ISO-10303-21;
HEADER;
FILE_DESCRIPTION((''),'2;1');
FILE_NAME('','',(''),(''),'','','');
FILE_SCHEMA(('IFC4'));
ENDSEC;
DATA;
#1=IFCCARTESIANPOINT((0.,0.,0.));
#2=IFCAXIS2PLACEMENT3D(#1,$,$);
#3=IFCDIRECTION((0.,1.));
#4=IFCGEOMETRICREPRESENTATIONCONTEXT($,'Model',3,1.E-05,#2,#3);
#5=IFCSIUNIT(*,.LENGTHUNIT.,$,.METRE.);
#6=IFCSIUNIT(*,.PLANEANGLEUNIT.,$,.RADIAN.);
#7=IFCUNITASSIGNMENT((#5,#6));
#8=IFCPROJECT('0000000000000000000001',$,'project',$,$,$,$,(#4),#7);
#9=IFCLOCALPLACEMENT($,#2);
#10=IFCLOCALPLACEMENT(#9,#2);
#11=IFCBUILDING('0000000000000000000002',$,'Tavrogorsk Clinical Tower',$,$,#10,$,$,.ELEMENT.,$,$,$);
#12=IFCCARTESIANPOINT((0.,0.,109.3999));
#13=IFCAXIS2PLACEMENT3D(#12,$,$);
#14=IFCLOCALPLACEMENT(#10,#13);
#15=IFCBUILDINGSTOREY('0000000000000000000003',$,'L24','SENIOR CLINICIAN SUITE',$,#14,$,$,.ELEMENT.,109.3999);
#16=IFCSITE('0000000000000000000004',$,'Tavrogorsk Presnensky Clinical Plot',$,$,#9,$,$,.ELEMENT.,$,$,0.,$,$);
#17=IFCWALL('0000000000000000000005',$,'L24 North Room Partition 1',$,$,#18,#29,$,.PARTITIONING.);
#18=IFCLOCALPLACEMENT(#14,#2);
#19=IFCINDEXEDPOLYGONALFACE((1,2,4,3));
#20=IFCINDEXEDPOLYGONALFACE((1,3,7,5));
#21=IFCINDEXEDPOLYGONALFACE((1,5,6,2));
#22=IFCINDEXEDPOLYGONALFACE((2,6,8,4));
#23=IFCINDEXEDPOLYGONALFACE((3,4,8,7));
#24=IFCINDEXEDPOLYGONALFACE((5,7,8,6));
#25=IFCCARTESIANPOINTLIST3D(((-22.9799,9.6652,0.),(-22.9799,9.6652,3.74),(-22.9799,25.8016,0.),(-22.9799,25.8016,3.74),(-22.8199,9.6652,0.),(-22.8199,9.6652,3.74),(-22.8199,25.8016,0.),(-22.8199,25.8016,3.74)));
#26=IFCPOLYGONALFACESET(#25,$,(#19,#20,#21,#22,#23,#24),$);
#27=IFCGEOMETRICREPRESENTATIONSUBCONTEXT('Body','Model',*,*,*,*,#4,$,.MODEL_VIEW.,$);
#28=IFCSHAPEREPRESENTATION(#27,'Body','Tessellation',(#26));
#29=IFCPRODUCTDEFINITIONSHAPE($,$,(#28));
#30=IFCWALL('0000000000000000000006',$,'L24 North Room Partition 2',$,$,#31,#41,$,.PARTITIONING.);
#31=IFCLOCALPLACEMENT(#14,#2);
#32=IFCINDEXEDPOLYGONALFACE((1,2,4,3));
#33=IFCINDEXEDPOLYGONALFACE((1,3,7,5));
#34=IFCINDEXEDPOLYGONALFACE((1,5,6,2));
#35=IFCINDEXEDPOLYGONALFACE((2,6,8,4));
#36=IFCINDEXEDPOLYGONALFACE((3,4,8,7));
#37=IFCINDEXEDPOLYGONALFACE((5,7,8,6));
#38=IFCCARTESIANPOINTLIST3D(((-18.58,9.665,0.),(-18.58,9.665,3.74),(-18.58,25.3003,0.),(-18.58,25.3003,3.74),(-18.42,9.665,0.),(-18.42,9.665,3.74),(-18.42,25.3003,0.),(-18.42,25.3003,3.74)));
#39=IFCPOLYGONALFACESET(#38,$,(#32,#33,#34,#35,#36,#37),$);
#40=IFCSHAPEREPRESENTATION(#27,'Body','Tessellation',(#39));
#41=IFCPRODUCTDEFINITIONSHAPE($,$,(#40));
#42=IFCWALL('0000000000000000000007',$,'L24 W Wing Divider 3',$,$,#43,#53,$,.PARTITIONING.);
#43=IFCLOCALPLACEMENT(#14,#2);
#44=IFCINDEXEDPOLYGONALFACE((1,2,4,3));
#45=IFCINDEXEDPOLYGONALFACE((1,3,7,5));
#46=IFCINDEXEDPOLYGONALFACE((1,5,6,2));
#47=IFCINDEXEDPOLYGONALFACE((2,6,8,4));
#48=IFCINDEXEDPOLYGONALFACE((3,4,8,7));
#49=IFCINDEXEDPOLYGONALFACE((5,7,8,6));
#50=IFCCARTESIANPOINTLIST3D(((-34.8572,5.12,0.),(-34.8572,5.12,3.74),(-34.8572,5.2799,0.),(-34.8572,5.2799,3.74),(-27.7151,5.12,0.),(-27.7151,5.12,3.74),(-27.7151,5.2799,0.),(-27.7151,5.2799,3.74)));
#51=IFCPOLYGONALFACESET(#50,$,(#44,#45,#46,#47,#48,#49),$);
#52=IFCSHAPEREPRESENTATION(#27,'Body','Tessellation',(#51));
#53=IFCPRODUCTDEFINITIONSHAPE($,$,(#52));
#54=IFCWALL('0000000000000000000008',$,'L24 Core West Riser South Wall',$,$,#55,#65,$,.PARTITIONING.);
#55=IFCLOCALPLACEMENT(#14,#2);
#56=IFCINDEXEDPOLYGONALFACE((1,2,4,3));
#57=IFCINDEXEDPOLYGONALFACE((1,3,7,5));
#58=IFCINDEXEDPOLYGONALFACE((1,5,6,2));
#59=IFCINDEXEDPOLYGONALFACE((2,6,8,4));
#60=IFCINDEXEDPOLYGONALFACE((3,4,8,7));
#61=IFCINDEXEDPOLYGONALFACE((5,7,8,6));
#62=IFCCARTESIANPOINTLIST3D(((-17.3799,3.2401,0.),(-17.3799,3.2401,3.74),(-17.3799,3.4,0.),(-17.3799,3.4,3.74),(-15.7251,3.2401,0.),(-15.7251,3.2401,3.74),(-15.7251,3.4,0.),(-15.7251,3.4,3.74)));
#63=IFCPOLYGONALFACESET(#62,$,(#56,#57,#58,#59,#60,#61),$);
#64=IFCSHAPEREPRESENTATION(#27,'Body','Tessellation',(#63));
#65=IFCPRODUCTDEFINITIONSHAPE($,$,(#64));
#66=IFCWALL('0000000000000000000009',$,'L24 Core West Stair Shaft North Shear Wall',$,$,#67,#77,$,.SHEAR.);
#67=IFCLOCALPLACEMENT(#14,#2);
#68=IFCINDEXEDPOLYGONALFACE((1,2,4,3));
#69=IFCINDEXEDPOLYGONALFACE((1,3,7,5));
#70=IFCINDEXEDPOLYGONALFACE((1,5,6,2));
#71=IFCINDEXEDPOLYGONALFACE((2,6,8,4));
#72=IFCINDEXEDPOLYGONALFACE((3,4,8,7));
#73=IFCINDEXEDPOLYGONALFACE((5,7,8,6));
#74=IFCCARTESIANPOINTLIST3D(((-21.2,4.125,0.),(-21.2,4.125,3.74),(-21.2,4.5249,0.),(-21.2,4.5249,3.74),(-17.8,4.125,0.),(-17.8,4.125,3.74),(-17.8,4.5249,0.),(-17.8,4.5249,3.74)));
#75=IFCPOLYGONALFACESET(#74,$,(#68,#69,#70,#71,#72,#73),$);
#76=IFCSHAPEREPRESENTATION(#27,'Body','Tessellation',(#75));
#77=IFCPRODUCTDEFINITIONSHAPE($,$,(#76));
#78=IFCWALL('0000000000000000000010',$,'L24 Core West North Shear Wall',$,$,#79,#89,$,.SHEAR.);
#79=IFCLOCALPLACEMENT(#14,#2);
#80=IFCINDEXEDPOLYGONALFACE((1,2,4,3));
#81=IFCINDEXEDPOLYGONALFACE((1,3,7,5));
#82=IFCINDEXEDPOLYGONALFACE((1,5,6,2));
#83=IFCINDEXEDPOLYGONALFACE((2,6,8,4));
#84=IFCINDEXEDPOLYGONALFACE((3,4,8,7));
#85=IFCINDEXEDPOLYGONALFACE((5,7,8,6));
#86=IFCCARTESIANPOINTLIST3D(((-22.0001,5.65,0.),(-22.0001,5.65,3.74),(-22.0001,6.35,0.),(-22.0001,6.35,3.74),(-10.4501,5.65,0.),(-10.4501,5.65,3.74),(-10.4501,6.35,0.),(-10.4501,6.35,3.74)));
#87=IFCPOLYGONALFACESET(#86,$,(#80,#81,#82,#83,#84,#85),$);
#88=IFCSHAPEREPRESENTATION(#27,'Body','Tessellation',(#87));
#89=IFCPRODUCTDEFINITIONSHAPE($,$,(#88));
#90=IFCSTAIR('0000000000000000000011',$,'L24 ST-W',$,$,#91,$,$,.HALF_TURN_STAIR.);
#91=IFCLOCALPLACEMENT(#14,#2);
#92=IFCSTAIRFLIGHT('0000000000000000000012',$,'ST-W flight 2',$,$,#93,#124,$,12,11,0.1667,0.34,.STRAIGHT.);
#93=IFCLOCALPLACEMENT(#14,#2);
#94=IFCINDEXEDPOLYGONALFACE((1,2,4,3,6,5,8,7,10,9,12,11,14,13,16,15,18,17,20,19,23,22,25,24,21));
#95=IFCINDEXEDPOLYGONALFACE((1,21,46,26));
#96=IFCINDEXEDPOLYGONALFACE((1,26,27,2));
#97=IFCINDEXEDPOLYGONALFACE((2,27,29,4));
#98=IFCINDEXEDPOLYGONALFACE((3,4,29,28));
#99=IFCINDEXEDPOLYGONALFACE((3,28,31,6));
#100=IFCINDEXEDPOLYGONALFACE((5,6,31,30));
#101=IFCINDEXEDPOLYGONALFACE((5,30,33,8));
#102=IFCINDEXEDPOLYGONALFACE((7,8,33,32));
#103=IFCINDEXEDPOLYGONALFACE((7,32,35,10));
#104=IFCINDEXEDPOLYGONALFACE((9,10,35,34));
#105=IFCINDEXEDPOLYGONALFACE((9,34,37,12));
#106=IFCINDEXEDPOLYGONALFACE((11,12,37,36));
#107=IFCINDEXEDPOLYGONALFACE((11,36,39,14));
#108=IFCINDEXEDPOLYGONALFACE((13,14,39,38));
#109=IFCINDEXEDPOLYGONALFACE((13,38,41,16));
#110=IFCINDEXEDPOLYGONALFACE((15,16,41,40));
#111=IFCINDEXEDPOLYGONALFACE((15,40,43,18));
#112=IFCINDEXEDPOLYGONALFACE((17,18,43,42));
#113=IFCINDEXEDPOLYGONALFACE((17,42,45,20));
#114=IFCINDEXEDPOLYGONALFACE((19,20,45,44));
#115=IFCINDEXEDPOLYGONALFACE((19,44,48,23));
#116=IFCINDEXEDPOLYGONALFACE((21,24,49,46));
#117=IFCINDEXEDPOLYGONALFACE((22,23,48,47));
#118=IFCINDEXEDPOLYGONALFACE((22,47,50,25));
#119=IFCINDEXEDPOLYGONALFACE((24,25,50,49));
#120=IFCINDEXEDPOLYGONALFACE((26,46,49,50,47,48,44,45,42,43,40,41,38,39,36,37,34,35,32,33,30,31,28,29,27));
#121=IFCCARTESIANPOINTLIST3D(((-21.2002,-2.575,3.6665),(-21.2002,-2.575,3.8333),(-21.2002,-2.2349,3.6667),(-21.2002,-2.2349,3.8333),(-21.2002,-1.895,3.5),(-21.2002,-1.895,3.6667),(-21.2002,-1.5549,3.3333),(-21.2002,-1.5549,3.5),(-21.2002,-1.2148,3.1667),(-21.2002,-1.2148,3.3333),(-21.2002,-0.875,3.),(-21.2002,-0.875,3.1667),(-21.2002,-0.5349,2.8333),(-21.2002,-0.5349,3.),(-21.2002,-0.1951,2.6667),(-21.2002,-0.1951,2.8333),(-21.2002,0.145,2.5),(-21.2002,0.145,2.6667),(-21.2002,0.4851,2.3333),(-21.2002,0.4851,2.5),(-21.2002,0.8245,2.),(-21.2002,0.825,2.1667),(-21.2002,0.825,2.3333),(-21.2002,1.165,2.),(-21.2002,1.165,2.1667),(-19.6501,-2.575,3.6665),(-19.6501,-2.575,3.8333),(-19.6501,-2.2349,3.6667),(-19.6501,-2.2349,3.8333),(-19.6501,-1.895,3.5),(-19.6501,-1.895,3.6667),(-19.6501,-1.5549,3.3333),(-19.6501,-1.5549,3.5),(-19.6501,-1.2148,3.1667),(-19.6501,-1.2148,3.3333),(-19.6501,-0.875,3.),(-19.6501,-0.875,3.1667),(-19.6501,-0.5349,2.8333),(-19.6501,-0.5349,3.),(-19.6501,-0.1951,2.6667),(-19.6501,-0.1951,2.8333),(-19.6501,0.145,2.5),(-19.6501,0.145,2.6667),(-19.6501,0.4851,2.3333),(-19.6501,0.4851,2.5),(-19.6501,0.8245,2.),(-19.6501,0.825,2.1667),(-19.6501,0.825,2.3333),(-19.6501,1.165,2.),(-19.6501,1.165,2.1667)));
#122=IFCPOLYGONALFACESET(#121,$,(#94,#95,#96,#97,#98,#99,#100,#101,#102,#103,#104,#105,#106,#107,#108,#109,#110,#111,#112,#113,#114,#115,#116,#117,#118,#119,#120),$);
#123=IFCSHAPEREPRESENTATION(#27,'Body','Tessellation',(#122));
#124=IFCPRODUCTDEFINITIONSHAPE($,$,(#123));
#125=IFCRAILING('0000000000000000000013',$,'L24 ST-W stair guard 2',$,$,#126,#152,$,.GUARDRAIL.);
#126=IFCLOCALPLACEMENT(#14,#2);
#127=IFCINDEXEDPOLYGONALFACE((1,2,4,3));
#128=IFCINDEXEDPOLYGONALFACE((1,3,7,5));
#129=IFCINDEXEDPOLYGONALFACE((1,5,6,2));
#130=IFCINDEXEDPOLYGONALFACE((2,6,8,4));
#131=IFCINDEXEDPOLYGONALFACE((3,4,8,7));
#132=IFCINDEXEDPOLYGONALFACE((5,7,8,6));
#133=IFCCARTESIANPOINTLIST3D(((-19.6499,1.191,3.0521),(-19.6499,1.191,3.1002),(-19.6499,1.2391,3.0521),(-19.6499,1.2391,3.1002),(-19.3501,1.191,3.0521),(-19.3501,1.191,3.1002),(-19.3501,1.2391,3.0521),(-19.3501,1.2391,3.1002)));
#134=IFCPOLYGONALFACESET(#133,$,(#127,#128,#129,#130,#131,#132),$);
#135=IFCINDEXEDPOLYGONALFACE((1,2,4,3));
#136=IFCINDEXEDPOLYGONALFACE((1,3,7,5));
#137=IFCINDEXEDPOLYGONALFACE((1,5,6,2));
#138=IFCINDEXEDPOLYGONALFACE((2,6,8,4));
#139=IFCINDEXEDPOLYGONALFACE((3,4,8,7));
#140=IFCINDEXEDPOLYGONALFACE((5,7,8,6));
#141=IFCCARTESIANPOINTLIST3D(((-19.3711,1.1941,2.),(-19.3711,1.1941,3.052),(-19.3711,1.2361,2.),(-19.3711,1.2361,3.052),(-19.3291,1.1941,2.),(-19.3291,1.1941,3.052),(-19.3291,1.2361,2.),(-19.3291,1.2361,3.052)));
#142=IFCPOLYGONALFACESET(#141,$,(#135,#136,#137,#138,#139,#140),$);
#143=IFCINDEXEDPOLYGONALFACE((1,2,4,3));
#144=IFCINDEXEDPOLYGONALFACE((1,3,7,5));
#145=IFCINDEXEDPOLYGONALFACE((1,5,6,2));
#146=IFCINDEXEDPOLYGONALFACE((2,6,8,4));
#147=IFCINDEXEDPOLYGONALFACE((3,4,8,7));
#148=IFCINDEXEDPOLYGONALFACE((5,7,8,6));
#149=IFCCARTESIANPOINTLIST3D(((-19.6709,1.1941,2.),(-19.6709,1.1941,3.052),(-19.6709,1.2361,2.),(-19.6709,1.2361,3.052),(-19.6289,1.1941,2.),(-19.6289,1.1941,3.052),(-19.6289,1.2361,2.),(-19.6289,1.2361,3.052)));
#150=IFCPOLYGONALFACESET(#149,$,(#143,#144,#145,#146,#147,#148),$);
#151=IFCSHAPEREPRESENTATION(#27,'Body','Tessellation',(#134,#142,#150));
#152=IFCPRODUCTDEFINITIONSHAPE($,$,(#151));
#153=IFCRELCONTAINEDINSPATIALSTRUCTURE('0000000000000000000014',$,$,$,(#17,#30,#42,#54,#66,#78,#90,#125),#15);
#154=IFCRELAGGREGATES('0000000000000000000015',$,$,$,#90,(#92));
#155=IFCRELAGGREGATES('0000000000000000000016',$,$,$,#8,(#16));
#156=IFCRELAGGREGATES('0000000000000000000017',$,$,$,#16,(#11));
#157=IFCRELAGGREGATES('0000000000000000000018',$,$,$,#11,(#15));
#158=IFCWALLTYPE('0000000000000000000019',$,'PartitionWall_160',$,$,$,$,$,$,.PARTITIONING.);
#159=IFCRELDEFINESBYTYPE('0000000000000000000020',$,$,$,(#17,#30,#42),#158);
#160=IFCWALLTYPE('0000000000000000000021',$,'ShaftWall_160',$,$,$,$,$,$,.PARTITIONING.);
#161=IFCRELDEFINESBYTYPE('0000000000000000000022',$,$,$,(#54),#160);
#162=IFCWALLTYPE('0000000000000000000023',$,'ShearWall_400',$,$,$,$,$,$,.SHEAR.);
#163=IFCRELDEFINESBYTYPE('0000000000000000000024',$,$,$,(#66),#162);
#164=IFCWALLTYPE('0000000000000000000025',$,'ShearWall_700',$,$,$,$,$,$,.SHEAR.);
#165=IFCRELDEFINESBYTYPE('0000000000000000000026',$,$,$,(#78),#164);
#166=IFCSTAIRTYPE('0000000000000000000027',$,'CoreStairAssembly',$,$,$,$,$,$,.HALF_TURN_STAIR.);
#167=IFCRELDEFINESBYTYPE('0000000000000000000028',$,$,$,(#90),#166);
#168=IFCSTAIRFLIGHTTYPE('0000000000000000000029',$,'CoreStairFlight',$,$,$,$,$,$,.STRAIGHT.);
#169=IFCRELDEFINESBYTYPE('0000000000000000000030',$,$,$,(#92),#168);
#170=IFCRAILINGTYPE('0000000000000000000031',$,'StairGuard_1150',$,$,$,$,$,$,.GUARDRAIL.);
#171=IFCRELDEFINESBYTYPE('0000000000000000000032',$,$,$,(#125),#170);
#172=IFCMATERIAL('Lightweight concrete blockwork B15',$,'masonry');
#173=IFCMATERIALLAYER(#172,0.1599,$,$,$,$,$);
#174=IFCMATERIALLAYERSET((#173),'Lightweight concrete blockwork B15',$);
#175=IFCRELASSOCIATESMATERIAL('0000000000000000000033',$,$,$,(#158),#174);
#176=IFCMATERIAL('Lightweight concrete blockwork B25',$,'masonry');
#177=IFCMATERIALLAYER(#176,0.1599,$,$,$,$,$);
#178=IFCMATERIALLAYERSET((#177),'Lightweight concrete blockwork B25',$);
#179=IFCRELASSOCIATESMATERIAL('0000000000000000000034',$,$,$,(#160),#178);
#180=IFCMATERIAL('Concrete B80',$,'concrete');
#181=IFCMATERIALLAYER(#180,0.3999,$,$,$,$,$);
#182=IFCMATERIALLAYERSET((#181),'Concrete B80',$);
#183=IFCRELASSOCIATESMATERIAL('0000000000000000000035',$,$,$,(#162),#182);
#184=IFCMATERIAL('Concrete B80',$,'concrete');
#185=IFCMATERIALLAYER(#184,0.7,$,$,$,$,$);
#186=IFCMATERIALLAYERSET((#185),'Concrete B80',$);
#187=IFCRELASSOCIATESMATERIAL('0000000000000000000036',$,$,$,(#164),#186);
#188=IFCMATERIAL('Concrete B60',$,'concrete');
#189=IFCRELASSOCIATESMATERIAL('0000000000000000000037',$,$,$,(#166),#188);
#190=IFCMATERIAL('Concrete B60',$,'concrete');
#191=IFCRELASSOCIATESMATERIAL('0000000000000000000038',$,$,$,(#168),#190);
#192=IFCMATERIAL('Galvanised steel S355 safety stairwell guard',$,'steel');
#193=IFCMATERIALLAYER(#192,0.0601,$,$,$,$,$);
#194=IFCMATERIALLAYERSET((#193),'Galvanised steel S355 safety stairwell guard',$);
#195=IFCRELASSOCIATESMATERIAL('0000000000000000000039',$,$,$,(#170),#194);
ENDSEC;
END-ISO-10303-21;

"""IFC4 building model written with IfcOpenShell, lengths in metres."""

from ifc_helpers import new_model, si_unit, direction, frame, frame_2d, origin, origin_2d, place, context, subcontext, project, spatial, polyline, rectangle, outline, extrude, material, layer, layer_set, type_object, element, aggregate, save


model = new_model("IFC4")

# Units and contexts
model_context = context("Model", 3, precision=1e-05, world=origin(), true_north=direction((0.0, 1.0)))
body_context = subcontext(model_context, "Body", "Model", "MODEL_VIEW")
ifc_project = project(units=[si_unit("LENGTHUNIT", "METRE"), si_unit("PLANEANGLEUNIT", "RADIAN")], contexts=[model_context])

# Site, building, storey
site_placement = place(None, origin())
site = spatial("IfcSite", under=ifc_project, at=site_placement, Name="Tavrogorsk Presnensky Clinical Plot", CompositionType="ELEMENT", RefElevation=0.0)
building_placement = place(site_placement, origin())
building = spatial("IfcBuilding", under=site, at=building_placement, Name="Tavrogorsk Clinical Tower", CompositionType="ELEMENT")
storey_placement = place(building_placement, frame((0.0, 0.0, 109.3999)))
storey = spatial("IfcBuildingStorey", under=building, at=storey_placement, Name="L24", Description="SENIOR CLINICIAN SUITE", CompositionType="ELEMENT", Elevation=109.3999)

# Shared definitions
ifc_material_1 = material(Name="Lightweight concrete blockwork B15", Category="masonry")
ifc_layer_1 = layer(ifc_material_1, 0.1599)
ifc_layer_set_1 = layer_set([ifc_layer_1], Name="Lightweight concrete blockwork B15")
wall_type_1 = type_object("IfcWallType", Name="PartitionWall_160", PredefinedType="PARTITIONING", material=ifc_layer_set_1)

# Walls
wall_1_placement = place(storey_placement, frame((-22.8999, 9.665, 0.0), z_axis=(0.0, 0.0, 1.0), x_axis=(0.0, 1.0, 0.0)))
element("IfcWall", 1, at=wall_1_placement, inside=storey, type_object=wall_type_1, Name="L24 North Room Partition 1", PredefinedType="PARTITIONING", context=body_context, shape_type="SweptSolid", body=[
    extrude(rectangle(XDim=16.1365, YDim=0.1599, at=frame_2d((8.0684, 0.0))), origin(), (0.0, 0.0, 1.0), 3.74),
])
wall_2_placement = place(storey_placement, frame((-18.5, 9.665, 0.0), z_axis=(0.0, 0.0, 1.0), x_axis=(0.0, 1.0, 0.0)))
element("IfcWall", 2, at=wall_2_placement, inside=storey, type_object=wall_type_1, Name="L24 North Room Partition 2", PredefinedType="PARTITIONING", context=body_context, shape_type="SweptSolid", body=[
    extrude(rectangle(XDim=15.6353, YDim=0.1599, at=frame_2d((7.8176, 0.0))), origin(), (0.0, 0.0, 1.0), 3.74),
])
wall_3_placement = place(storey_placement, frame((-34.8572, 5.2, 0.0), z_axis=(0.0, 0.0, 1.0), x_axis=(1.0, 0.0, 0.0)))
element("IfcWall", 3, at=wall_3_placement, inside=storey, type_object=wall_type_1, Name="L24 W Wing Divider 3", PredefinedType="PARTITIONING", context=body_context, shape_type="SweptSolid", body=[
    extrude(rectangle(XDim=7.1421, YDim=0.1599, at=frame_2d((3.571, 0.0))), origin(), (0.0, 0.0, 1.0), 3.74),
])
ifc_material_2 = material(Name="Lightweight concrete blockwork B25", Category="masonry")
ifc_layer_2 = layer(ifc_material_2, 0.1599)
ifc_layer_set_2 = layer_set([ifc_layer_2], Name="Lightweight concrete blockwork B25")
wall_type_2 = type_object("IfcWallType", Name="ShaftWall_160", PredefinedType="PARTITIONING", material=ifc_layer_set_2)
wall_4_placement = place(storey_placement, frame((-17.3799, 3.3201, 0.0), z_axis=(0.0, 0.0, 1.0), x_axis=(1.0, 0.0, 0.0)))
element("IfcWall", 4, at=wall_4_placement, inside=storey, type_object=wall_type_2, Name="L24 Core West Riser South Wall", PredefinedType="PARTITIONING", context=body_context, shape_type="SweptSolid", body=[
    extrude(rectangle(XDim=1.6548, YDim=0.1599, at=frame_2d((0.8274, 0.0))), origin(), (0.0, 0.0, 1.0), 3.74),
])
ifc_material_3 = material(Name="Concrete B80", Category="concrete")
ifc_layer_3 = layer(ifc_material_3, 0.3999)
ifc_layer_set_3 = layer_set([ifc_layer_3], Name="Concrete B80")
wall_type_3 = type_object("IfcWallType", Name="ShearWall_400", PredefinedType="SHEAR", material=ifc_layer_set_3)
wall_5_placement = place(storey_placement, frame((-21.2, 4.325, 0.0), z_axis=(0.0, 0.0, 1.0), x_axis=(1.0, 0.0, 0.0)))
element("IfcWall", 5, at=wall_5_placement, inside=storey, type_object=wall_type_3, Name="L24 Core West Stair Shaft North Shear Wall", PredefinedType="SHEAR", context=body_context, shape_type="SweptSolid", body=[
    extrude(rectangle(XDim=3.3999, YDim=0.3999, at=frame_2d((1.7, 0.0))), origin(), (0.0, 0.0, 1.0), 3.74),
])
ifc_material_4 = material(Name="Concrete B80", Category="concrete")
ifc_layer_4 = layer(ifc_material_4, 0.7)
ifc_layer_set_4 = layer_set([ifc_layer_4], Name="Concrete B80")
wall_type_4 = type_object("IfcWallType", Name="ShearWall_700", PredefinedType="SHEAR", material=ifc_layer_set_4)
wall_6_placement = place(storey_placement, frame((-22.0, 6.0, 0.0), z_axis=(0.0, 0.0, 1.0), x_axis=(1.0, 0.0, 0.0)))
element("IfcWall", 6, at=wall_6_placement, inside=storey, type_object=wall_type_4, Name="L24 Core West North Shear Wall", PredefinedType="SHEAR", context=body_context, shape_type="SweptSolid", body=[
    extrude(rectangle(XDim=11.55, YDim=0.7, at=frame_2d((5.7749, 0.0))), origin(), (0.0, 0.0, 1.0), 3.74),
])

# Stair, stair flight
ifc_material_5 = material(Name="Concrete B60", Category="concrete")
stair_type = type_object("IfcStairType", Name="CoreStairAssembly", PredefinedType="HALF_TURN_STAIR", material=ifc_material_5)
stair_placement = place(storey_placement, origin())
stair = element("IfcStair", 7, at=stair_placement, inside=storey, type_object=stair_type, Name="L24 ST-W", PredefinedType="HALF_TURN_STAIR")
ifc_material_6 = material(Name="Concrete B60", Category="concrete")
stair_flight_type = type_object("IfcStairFlightType", Name="CoreStairFlight", PredefinedType="STRAIGHT", material=ifc_material_6)
stair_flight_placement = place(storey_placement, frame((-20.425, 1.165, 2.0), z_axis=(0.0, 0.0, 1.0), x_axis=(0.0, -1.0, 0.0)))
stair_flight = element("IfcStairFlight", 8, at=stair_flight_placement, type_object=stair_flight_type, Name="ST-W flight 2", NumberOfRisers=12, NumberOfTreads=11, PredefinedType="STRAIGHT", RiserHeight=0.1667, TreadLength=0.34, context=body_context, shape_type="SweptSolid", body=[
    extrude(outline(polyline([(0.0, 0.0), (0.0, 0.1667), (0.3401, 0.1667), (0.3401, 0.3333), (0.6799, 0.3333), (0.6799, 0.5), (1.02, 0.5), (1.02, 0.6667), (1.3601, 0.6667), (1.3601, 0.8333), (1.7, 0.8333), (1.7, 1.0), (2.04, 1.0), (2.04, 1.1667), (2.3799, 1.1667), (2.3799, 1.3333), (2.72, 1.3333), (2.72, 1.5), (3.0601, 1.5), (3.0601, 1.6667), (3.3999, 1.6667), (3.3999, 1.8333), (3.74, 1.8333), (3.74, 2.0), (3.74, 1.6665), (0.3406, 0.0), (0.0, 0.0)])), frame((0.0, 0.7749, 0.0), z_axis=(0.0, -1.0, 0.0), x_axis=(1.0, 0.0, 0.0)), (0.0, 0.0, 1.0), 1.55),
])
aggregate(stair, [stair_flight])

# Railing
ifc_material_7 = material(Name="Galvanised steel S355 safety stairwell guard", Category="steel")
ifc_layer_5 = layer(ifc_material_7, 0.0601)
ifc_layer_set_5 = layer_set([ifc_layer_5], Name="Galvanised steel S355 safety stairwell guard")
railing_type_1 = type_object("IfcRailingType", Name="StairGuard_1150", PredefinedType="GUARDRAIL", material=ifc_layer_set_5)
railing_1_placement = place(storey_placement, frame((-19.3501, 1.2151, 2.0)))
element("IfcRailing", 9, at=railing_1_placement, inside=storey, type_object=railing_type_1, Name="L24 ST-W stair guard 2", PredefinedType="GUARDRAIL", context=body_context, shape_type="SweptSolid", body=[
    extrude(rectangle(XDim=0.0481, YDim=0.0481, at=origin_2d()), frame((0.0, 0.0, 1.0762), z_axis=(-1.0, 0.0, 0.0), x_axis=(0.0, -1.0, 0.0)), (0.0, 0.0, 1.0), 0.2998),
    extrude(rectangle(XDim=0.042, YDim=0.042, at=origin_2d()), origin(), (0.0, 0.0, 1.0), 1.052),
    extrude(rectangle(XDim=0.042, YDim=0.042, at=origin_2d()), frame((-0.2998, 0.0, 0.0)), (0.0, 0.0, 1.0), 1.052),
])

save(model, "model.ifc")
